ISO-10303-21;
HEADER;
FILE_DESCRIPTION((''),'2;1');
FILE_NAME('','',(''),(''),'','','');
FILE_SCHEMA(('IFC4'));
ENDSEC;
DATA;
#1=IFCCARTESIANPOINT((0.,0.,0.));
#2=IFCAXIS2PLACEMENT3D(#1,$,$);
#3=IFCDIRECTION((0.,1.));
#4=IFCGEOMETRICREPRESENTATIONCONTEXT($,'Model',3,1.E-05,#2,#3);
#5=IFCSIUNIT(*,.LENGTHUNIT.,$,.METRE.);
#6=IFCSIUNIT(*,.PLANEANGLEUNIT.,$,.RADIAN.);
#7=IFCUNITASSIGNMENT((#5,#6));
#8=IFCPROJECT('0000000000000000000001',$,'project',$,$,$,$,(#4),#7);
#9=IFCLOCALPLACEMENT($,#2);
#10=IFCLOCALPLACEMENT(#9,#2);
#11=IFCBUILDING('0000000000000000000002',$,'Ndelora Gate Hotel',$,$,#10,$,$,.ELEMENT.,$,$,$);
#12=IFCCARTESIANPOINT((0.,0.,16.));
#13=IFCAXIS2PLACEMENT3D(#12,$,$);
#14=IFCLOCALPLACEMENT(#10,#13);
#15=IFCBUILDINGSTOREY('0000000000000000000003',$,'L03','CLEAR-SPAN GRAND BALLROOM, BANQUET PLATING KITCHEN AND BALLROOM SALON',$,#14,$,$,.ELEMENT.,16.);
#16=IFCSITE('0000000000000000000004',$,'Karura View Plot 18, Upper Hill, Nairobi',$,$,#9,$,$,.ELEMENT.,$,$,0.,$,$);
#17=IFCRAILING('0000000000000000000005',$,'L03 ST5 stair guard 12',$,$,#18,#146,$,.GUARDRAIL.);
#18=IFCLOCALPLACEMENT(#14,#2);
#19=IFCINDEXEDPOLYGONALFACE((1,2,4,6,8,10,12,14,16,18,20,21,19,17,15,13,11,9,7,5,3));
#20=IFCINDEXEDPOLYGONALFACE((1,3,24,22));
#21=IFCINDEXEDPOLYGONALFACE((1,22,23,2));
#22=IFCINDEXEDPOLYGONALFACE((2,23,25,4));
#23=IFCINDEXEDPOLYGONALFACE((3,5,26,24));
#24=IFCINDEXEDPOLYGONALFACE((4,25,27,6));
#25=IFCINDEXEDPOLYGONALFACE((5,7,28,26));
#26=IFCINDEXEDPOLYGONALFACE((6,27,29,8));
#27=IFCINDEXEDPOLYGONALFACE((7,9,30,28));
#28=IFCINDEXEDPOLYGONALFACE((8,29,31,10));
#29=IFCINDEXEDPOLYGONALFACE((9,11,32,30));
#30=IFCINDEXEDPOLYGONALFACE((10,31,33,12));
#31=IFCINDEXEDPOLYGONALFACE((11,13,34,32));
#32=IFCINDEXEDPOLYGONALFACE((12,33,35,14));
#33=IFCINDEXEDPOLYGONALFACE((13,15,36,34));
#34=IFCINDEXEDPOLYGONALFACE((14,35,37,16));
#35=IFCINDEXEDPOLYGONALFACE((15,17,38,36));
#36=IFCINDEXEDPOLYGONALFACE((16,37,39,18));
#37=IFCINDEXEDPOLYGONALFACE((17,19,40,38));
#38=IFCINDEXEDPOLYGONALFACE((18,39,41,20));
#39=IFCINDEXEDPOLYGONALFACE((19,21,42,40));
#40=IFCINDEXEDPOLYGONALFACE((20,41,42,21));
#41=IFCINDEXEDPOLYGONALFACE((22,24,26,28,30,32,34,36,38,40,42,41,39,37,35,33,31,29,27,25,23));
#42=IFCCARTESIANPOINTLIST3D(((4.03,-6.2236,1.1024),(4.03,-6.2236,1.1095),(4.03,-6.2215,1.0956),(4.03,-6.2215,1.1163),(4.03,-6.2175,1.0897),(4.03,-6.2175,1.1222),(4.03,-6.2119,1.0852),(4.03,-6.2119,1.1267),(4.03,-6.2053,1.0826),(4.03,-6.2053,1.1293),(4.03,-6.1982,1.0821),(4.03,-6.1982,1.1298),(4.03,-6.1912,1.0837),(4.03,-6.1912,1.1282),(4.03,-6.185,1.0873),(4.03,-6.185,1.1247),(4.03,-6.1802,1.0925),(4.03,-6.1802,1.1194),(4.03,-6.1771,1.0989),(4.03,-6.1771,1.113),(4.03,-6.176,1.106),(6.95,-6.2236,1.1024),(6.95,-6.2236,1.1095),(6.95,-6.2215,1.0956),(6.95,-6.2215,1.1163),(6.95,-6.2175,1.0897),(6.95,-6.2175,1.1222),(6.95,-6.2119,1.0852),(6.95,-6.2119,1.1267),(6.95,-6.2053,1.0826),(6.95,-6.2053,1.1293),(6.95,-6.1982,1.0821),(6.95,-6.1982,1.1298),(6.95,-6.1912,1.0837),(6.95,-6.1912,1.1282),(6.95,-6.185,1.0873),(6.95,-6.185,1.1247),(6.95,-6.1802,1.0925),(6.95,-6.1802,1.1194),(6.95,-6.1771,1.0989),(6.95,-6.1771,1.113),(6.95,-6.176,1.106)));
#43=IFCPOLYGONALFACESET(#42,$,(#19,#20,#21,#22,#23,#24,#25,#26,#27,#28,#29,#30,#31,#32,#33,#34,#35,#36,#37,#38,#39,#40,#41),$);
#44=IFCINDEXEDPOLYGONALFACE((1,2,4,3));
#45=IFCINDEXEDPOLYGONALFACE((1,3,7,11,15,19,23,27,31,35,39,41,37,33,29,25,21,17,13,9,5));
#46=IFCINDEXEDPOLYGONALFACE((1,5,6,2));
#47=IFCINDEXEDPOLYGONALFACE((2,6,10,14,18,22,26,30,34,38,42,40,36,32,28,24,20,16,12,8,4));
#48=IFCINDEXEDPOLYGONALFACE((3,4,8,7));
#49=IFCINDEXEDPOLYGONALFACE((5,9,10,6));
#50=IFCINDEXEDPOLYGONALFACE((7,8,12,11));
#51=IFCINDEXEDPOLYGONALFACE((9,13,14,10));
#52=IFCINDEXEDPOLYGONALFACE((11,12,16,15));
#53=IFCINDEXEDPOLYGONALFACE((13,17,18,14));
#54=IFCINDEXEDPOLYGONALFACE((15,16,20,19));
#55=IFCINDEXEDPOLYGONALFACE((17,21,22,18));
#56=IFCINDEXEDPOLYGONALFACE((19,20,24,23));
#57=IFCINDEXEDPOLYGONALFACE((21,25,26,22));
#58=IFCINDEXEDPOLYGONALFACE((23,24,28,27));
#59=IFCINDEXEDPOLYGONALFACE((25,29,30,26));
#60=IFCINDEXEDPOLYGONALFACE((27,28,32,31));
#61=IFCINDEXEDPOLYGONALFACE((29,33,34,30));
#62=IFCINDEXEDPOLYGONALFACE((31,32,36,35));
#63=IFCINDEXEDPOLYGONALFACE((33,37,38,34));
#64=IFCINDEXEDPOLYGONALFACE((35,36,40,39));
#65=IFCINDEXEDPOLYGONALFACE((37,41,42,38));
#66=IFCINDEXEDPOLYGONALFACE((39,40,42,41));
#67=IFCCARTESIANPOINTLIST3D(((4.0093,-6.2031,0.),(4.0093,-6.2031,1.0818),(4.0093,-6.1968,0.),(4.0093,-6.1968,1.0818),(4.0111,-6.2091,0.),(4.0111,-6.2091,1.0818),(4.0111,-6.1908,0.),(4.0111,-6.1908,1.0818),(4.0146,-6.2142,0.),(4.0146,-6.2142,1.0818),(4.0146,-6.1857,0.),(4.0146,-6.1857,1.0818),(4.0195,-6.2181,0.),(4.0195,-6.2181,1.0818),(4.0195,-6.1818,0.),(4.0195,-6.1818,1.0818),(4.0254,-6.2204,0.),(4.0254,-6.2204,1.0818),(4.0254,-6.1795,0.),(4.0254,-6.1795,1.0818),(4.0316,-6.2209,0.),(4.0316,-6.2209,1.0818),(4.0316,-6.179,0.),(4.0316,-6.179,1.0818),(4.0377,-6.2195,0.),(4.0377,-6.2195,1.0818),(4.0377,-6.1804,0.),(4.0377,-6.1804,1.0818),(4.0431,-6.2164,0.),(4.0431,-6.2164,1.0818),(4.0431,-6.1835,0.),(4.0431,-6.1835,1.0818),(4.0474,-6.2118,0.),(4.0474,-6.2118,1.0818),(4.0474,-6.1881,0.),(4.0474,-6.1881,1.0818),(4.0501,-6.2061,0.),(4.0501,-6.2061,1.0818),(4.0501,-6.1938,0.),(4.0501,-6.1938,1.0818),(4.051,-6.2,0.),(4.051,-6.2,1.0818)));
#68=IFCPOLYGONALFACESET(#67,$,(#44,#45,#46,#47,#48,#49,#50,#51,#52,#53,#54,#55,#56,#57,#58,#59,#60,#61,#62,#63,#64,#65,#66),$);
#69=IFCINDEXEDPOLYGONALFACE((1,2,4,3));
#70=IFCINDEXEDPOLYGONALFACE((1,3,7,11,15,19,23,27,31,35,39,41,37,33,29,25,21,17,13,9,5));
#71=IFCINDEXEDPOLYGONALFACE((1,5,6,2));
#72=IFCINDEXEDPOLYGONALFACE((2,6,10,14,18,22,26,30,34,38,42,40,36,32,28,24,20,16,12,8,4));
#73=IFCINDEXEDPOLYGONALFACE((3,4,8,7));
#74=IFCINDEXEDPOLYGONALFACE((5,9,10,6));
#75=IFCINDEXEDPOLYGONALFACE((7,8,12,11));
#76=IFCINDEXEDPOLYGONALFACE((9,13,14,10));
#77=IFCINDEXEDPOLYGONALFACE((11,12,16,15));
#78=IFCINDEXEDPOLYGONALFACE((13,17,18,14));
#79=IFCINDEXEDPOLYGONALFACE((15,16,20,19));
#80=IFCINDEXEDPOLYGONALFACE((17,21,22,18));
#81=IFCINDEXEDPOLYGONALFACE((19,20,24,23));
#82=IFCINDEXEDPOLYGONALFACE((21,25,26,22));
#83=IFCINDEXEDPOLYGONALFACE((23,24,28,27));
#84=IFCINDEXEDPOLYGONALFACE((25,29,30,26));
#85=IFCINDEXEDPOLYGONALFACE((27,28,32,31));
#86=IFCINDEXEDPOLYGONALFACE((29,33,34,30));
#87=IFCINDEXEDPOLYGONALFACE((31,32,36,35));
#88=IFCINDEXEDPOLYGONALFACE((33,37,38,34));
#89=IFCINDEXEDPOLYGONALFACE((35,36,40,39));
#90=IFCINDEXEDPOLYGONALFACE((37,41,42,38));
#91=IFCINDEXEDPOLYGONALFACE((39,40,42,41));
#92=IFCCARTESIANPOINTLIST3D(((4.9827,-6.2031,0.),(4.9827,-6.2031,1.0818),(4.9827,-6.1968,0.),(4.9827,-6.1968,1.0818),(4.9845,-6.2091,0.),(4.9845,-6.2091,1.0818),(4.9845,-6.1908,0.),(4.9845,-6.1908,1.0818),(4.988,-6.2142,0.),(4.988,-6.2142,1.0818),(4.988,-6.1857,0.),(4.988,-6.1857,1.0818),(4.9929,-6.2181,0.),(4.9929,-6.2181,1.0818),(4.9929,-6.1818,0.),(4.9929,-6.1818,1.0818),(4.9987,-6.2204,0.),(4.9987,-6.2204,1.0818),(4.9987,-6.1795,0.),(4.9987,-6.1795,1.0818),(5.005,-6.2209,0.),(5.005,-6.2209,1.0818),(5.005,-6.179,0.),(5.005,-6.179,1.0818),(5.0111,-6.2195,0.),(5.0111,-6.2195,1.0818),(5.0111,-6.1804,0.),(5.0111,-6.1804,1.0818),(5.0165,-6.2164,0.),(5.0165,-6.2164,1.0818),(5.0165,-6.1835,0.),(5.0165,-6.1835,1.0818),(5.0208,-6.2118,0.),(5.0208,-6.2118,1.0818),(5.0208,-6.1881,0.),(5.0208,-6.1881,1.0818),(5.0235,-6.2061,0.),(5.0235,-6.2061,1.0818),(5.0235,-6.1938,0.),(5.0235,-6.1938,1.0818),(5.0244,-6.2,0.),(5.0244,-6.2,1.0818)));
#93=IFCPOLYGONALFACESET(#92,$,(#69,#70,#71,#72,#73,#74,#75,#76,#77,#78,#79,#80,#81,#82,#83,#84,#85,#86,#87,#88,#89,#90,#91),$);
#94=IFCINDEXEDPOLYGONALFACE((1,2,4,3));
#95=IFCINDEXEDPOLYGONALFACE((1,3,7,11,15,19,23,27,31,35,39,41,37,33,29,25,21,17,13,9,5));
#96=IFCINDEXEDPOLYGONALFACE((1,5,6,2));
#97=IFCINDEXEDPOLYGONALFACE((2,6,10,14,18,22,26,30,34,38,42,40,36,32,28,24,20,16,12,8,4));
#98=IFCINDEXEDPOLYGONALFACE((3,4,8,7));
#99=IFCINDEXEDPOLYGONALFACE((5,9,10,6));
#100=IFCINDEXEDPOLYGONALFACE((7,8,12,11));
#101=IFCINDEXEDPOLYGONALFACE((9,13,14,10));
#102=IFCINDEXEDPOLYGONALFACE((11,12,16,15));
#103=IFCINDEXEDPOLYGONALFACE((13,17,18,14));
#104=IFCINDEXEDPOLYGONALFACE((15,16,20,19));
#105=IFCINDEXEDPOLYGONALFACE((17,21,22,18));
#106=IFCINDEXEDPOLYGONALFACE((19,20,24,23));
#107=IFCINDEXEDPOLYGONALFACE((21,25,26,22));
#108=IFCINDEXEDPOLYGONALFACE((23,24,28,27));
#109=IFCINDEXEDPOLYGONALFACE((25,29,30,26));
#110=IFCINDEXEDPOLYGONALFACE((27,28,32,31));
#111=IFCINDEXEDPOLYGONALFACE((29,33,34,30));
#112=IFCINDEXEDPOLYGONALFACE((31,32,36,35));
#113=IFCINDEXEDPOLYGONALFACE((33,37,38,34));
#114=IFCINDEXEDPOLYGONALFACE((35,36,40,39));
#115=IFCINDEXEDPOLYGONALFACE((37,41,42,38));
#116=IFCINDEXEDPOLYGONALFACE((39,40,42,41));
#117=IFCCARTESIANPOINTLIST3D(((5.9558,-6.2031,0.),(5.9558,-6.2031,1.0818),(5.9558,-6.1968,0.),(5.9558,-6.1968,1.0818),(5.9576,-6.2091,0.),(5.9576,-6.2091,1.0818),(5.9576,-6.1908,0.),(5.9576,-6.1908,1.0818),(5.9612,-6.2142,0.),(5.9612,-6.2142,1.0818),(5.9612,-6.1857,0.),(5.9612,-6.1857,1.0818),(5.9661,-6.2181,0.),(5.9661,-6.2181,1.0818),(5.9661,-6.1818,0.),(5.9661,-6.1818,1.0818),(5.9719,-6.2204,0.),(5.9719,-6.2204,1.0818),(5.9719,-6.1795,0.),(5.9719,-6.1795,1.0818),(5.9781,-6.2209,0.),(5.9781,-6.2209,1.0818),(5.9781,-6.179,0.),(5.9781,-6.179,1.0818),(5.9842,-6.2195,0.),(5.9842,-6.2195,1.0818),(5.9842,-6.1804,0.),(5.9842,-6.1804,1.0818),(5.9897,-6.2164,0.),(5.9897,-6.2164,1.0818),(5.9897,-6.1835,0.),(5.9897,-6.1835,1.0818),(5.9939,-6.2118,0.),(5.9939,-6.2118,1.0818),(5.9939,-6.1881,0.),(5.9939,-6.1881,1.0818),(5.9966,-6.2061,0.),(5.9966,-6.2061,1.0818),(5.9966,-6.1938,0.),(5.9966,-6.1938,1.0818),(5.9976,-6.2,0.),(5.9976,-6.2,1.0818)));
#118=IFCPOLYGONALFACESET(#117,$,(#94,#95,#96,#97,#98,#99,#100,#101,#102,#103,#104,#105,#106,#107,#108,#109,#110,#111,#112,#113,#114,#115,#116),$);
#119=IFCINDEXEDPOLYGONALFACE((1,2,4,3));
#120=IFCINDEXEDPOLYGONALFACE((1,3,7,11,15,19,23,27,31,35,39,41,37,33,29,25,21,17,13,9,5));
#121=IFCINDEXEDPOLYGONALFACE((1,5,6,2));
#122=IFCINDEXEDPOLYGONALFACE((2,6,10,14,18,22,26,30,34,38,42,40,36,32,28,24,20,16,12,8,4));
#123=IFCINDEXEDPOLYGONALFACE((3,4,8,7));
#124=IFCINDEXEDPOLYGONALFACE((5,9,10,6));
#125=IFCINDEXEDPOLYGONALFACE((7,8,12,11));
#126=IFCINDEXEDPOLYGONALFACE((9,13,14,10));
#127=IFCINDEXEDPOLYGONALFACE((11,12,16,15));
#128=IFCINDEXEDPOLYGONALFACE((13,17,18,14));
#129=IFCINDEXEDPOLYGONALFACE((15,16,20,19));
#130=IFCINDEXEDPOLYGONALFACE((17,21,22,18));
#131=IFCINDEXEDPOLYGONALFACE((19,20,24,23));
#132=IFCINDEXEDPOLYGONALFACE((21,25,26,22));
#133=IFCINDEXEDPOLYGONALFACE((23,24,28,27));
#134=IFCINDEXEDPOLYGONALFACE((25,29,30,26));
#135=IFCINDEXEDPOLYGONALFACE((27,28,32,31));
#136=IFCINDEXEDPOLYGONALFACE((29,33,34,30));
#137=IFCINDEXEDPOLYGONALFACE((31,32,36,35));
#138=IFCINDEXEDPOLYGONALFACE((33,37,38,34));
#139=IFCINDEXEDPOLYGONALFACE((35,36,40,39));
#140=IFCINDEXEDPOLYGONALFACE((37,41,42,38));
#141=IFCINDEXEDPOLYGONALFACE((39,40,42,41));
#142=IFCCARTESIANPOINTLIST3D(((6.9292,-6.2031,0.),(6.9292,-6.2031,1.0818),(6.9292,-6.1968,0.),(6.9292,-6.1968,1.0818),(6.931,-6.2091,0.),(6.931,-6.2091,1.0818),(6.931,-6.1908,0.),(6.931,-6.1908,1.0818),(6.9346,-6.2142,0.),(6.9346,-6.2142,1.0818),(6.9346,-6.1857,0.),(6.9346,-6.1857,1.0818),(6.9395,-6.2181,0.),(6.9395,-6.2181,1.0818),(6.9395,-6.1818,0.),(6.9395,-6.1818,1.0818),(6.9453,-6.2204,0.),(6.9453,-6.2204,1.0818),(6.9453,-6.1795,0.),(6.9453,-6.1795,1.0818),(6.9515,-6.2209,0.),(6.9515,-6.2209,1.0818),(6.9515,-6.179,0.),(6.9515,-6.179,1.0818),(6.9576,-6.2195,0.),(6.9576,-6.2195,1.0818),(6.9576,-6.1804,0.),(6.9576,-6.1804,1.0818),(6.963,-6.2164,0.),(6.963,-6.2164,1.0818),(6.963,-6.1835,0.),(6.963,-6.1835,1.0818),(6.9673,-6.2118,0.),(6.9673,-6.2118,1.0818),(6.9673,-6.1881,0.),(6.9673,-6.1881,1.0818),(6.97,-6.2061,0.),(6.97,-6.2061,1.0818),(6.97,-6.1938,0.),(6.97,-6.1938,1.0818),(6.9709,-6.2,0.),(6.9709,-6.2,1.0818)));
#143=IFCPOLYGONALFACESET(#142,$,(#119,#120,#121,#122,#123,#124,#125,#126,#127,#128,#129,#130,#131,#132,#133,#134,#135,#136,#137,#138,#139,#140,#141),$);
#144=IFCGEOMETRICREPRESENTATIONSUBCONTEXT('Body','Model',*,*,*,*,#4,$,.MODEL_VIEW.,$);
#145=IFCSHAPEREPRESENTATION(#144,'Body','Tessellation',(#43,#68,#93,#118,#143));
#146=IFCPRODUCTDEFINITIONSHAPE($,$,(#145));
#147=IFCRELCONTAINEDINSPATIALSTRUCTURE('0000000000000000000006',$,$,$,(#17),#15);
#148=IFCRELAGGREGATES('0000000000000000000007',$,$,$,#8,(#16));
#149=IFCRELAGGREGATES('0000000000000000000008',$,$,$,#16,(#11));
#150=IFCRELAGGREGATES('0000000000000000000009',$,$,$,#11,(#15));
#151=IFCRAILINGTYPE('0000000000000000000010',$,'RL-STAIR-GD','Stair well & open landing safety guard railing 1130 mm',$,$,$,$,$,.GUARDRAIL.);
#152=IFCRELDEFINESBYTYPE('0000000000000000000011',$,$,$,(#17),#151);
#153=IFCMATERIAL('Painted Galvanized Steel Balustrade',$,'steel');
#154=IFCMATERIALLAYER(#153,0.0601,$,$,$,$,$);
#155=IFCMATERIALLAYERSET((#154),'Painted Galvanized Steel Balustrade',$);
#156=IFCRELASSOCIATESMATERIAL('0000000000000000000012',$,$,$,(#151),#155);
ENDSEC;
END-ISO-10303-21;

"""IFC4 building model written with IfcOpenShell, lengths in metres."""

from ifc_helpers import new_model, si_unit, direction, frame, origin, origin_2d, place, context, subcontext, project, spatial, circle, extrude, material, layer, layer_set, type_object, element, save


model = new_model("IFC4")

# Units and contexts
model_context = context("Model", 3, precision=1e-05, world=origin(), true_north=direction((0.0, 1.0)))
body_context = subcontext(model_context, "Body", "Model", "MODEL_VIEW")
ifc_project = project(units=[si_unit("LENGTHUNIT", "METRE"), si_unit("PLANEANGLEUNIT", "RADIAN")], contexts=[model_context])

# Site, building, storey
site_placement = place(None, origin())
site = spatial("IfcSite", under=ifc_project, at=site_placement, Name="Karura View Plot 18, Upper Hill, Nairobi", CompositionType="ELEMENT", RefElevation=0.0)
building_placement = place(site_placement, origin())
building = spatial("IfcBuilding", under=site, at=building_placement, Name="Ndelora Gate Hotel", CompositionType="ELEMENT")
storey_placement = place(building_placement, frame((0.0, 0.0, 16.0)))
storey = spatial("IfcBuildingStorey", under=building, at=storey_placement, Name="L03", Description="CLEAR-SPAN GRAND BALLROOM, BANQUET PLATING KITCHEN AND BALLROOM SALON", CompositionType="ELEMENT", Elevation=16.0)

# Railing
ifc_material_1 = material(Name="Painted Galvanized Steel Balustrade", Category="steel")
ifc_layer_1 = layer(ifc_material_1, 0.0601)
ifc_layer_set_1 = layer_set([ifc_layer_1], Name="Painted Galvanized Steel Balustrade")
railing_type_1 = type_object("IfcRailingType", Name="RL-STAIR-GD", Description="Stair well & open landing safety guard railing 1130 mm", PredefinedType="GUARDRAIL", material=ifc_layer_set_1)
railing_1_placement = place(storey_placement, frame((4.03, -6.2, 0.0)))
element("IfcRailing", 1, at=railing_1_placement, inside=storey, type_object=railing_type_1, Name="L03 ST5 stair guard 12", PredefinedType="GUARDRAIL", context=body_context, shape_type="SweptSolid", body=[
    extrude(circle(Radius=0.0239, at=origin_2d()), frame((0.0, 0.0, 1.106), z_axis=(1.0, 0.0, 0.0), x_axis=(0.0, 1.0, 0.0)), (0.0, 0.0, 1.0), 2.9199),
    extrude(circle(Radius=0.021, at=origin_2d()), origin(), (0.0, 0.0, 1.0), 1.0818),
    extrude(circle(Radius=0.021, at=origin_2d()), frame((0.9734, 0.0, 0.0)), (0.0, 0.0, 1.0), 1.0818),
    extrude(circle(Radius=0.021, at=origin_2d()), frame((1.9465, 0.0, 0.0)), (0.0, 0.0, 1.0), 1.0818),
    extrude(circle(Radius=0.021, at=origin_2d()), frame((2.9199, 0.0, 0.0)), (0.0, 0.0, 1.0), 1.0818),
])

save(model, "model.ifc")
